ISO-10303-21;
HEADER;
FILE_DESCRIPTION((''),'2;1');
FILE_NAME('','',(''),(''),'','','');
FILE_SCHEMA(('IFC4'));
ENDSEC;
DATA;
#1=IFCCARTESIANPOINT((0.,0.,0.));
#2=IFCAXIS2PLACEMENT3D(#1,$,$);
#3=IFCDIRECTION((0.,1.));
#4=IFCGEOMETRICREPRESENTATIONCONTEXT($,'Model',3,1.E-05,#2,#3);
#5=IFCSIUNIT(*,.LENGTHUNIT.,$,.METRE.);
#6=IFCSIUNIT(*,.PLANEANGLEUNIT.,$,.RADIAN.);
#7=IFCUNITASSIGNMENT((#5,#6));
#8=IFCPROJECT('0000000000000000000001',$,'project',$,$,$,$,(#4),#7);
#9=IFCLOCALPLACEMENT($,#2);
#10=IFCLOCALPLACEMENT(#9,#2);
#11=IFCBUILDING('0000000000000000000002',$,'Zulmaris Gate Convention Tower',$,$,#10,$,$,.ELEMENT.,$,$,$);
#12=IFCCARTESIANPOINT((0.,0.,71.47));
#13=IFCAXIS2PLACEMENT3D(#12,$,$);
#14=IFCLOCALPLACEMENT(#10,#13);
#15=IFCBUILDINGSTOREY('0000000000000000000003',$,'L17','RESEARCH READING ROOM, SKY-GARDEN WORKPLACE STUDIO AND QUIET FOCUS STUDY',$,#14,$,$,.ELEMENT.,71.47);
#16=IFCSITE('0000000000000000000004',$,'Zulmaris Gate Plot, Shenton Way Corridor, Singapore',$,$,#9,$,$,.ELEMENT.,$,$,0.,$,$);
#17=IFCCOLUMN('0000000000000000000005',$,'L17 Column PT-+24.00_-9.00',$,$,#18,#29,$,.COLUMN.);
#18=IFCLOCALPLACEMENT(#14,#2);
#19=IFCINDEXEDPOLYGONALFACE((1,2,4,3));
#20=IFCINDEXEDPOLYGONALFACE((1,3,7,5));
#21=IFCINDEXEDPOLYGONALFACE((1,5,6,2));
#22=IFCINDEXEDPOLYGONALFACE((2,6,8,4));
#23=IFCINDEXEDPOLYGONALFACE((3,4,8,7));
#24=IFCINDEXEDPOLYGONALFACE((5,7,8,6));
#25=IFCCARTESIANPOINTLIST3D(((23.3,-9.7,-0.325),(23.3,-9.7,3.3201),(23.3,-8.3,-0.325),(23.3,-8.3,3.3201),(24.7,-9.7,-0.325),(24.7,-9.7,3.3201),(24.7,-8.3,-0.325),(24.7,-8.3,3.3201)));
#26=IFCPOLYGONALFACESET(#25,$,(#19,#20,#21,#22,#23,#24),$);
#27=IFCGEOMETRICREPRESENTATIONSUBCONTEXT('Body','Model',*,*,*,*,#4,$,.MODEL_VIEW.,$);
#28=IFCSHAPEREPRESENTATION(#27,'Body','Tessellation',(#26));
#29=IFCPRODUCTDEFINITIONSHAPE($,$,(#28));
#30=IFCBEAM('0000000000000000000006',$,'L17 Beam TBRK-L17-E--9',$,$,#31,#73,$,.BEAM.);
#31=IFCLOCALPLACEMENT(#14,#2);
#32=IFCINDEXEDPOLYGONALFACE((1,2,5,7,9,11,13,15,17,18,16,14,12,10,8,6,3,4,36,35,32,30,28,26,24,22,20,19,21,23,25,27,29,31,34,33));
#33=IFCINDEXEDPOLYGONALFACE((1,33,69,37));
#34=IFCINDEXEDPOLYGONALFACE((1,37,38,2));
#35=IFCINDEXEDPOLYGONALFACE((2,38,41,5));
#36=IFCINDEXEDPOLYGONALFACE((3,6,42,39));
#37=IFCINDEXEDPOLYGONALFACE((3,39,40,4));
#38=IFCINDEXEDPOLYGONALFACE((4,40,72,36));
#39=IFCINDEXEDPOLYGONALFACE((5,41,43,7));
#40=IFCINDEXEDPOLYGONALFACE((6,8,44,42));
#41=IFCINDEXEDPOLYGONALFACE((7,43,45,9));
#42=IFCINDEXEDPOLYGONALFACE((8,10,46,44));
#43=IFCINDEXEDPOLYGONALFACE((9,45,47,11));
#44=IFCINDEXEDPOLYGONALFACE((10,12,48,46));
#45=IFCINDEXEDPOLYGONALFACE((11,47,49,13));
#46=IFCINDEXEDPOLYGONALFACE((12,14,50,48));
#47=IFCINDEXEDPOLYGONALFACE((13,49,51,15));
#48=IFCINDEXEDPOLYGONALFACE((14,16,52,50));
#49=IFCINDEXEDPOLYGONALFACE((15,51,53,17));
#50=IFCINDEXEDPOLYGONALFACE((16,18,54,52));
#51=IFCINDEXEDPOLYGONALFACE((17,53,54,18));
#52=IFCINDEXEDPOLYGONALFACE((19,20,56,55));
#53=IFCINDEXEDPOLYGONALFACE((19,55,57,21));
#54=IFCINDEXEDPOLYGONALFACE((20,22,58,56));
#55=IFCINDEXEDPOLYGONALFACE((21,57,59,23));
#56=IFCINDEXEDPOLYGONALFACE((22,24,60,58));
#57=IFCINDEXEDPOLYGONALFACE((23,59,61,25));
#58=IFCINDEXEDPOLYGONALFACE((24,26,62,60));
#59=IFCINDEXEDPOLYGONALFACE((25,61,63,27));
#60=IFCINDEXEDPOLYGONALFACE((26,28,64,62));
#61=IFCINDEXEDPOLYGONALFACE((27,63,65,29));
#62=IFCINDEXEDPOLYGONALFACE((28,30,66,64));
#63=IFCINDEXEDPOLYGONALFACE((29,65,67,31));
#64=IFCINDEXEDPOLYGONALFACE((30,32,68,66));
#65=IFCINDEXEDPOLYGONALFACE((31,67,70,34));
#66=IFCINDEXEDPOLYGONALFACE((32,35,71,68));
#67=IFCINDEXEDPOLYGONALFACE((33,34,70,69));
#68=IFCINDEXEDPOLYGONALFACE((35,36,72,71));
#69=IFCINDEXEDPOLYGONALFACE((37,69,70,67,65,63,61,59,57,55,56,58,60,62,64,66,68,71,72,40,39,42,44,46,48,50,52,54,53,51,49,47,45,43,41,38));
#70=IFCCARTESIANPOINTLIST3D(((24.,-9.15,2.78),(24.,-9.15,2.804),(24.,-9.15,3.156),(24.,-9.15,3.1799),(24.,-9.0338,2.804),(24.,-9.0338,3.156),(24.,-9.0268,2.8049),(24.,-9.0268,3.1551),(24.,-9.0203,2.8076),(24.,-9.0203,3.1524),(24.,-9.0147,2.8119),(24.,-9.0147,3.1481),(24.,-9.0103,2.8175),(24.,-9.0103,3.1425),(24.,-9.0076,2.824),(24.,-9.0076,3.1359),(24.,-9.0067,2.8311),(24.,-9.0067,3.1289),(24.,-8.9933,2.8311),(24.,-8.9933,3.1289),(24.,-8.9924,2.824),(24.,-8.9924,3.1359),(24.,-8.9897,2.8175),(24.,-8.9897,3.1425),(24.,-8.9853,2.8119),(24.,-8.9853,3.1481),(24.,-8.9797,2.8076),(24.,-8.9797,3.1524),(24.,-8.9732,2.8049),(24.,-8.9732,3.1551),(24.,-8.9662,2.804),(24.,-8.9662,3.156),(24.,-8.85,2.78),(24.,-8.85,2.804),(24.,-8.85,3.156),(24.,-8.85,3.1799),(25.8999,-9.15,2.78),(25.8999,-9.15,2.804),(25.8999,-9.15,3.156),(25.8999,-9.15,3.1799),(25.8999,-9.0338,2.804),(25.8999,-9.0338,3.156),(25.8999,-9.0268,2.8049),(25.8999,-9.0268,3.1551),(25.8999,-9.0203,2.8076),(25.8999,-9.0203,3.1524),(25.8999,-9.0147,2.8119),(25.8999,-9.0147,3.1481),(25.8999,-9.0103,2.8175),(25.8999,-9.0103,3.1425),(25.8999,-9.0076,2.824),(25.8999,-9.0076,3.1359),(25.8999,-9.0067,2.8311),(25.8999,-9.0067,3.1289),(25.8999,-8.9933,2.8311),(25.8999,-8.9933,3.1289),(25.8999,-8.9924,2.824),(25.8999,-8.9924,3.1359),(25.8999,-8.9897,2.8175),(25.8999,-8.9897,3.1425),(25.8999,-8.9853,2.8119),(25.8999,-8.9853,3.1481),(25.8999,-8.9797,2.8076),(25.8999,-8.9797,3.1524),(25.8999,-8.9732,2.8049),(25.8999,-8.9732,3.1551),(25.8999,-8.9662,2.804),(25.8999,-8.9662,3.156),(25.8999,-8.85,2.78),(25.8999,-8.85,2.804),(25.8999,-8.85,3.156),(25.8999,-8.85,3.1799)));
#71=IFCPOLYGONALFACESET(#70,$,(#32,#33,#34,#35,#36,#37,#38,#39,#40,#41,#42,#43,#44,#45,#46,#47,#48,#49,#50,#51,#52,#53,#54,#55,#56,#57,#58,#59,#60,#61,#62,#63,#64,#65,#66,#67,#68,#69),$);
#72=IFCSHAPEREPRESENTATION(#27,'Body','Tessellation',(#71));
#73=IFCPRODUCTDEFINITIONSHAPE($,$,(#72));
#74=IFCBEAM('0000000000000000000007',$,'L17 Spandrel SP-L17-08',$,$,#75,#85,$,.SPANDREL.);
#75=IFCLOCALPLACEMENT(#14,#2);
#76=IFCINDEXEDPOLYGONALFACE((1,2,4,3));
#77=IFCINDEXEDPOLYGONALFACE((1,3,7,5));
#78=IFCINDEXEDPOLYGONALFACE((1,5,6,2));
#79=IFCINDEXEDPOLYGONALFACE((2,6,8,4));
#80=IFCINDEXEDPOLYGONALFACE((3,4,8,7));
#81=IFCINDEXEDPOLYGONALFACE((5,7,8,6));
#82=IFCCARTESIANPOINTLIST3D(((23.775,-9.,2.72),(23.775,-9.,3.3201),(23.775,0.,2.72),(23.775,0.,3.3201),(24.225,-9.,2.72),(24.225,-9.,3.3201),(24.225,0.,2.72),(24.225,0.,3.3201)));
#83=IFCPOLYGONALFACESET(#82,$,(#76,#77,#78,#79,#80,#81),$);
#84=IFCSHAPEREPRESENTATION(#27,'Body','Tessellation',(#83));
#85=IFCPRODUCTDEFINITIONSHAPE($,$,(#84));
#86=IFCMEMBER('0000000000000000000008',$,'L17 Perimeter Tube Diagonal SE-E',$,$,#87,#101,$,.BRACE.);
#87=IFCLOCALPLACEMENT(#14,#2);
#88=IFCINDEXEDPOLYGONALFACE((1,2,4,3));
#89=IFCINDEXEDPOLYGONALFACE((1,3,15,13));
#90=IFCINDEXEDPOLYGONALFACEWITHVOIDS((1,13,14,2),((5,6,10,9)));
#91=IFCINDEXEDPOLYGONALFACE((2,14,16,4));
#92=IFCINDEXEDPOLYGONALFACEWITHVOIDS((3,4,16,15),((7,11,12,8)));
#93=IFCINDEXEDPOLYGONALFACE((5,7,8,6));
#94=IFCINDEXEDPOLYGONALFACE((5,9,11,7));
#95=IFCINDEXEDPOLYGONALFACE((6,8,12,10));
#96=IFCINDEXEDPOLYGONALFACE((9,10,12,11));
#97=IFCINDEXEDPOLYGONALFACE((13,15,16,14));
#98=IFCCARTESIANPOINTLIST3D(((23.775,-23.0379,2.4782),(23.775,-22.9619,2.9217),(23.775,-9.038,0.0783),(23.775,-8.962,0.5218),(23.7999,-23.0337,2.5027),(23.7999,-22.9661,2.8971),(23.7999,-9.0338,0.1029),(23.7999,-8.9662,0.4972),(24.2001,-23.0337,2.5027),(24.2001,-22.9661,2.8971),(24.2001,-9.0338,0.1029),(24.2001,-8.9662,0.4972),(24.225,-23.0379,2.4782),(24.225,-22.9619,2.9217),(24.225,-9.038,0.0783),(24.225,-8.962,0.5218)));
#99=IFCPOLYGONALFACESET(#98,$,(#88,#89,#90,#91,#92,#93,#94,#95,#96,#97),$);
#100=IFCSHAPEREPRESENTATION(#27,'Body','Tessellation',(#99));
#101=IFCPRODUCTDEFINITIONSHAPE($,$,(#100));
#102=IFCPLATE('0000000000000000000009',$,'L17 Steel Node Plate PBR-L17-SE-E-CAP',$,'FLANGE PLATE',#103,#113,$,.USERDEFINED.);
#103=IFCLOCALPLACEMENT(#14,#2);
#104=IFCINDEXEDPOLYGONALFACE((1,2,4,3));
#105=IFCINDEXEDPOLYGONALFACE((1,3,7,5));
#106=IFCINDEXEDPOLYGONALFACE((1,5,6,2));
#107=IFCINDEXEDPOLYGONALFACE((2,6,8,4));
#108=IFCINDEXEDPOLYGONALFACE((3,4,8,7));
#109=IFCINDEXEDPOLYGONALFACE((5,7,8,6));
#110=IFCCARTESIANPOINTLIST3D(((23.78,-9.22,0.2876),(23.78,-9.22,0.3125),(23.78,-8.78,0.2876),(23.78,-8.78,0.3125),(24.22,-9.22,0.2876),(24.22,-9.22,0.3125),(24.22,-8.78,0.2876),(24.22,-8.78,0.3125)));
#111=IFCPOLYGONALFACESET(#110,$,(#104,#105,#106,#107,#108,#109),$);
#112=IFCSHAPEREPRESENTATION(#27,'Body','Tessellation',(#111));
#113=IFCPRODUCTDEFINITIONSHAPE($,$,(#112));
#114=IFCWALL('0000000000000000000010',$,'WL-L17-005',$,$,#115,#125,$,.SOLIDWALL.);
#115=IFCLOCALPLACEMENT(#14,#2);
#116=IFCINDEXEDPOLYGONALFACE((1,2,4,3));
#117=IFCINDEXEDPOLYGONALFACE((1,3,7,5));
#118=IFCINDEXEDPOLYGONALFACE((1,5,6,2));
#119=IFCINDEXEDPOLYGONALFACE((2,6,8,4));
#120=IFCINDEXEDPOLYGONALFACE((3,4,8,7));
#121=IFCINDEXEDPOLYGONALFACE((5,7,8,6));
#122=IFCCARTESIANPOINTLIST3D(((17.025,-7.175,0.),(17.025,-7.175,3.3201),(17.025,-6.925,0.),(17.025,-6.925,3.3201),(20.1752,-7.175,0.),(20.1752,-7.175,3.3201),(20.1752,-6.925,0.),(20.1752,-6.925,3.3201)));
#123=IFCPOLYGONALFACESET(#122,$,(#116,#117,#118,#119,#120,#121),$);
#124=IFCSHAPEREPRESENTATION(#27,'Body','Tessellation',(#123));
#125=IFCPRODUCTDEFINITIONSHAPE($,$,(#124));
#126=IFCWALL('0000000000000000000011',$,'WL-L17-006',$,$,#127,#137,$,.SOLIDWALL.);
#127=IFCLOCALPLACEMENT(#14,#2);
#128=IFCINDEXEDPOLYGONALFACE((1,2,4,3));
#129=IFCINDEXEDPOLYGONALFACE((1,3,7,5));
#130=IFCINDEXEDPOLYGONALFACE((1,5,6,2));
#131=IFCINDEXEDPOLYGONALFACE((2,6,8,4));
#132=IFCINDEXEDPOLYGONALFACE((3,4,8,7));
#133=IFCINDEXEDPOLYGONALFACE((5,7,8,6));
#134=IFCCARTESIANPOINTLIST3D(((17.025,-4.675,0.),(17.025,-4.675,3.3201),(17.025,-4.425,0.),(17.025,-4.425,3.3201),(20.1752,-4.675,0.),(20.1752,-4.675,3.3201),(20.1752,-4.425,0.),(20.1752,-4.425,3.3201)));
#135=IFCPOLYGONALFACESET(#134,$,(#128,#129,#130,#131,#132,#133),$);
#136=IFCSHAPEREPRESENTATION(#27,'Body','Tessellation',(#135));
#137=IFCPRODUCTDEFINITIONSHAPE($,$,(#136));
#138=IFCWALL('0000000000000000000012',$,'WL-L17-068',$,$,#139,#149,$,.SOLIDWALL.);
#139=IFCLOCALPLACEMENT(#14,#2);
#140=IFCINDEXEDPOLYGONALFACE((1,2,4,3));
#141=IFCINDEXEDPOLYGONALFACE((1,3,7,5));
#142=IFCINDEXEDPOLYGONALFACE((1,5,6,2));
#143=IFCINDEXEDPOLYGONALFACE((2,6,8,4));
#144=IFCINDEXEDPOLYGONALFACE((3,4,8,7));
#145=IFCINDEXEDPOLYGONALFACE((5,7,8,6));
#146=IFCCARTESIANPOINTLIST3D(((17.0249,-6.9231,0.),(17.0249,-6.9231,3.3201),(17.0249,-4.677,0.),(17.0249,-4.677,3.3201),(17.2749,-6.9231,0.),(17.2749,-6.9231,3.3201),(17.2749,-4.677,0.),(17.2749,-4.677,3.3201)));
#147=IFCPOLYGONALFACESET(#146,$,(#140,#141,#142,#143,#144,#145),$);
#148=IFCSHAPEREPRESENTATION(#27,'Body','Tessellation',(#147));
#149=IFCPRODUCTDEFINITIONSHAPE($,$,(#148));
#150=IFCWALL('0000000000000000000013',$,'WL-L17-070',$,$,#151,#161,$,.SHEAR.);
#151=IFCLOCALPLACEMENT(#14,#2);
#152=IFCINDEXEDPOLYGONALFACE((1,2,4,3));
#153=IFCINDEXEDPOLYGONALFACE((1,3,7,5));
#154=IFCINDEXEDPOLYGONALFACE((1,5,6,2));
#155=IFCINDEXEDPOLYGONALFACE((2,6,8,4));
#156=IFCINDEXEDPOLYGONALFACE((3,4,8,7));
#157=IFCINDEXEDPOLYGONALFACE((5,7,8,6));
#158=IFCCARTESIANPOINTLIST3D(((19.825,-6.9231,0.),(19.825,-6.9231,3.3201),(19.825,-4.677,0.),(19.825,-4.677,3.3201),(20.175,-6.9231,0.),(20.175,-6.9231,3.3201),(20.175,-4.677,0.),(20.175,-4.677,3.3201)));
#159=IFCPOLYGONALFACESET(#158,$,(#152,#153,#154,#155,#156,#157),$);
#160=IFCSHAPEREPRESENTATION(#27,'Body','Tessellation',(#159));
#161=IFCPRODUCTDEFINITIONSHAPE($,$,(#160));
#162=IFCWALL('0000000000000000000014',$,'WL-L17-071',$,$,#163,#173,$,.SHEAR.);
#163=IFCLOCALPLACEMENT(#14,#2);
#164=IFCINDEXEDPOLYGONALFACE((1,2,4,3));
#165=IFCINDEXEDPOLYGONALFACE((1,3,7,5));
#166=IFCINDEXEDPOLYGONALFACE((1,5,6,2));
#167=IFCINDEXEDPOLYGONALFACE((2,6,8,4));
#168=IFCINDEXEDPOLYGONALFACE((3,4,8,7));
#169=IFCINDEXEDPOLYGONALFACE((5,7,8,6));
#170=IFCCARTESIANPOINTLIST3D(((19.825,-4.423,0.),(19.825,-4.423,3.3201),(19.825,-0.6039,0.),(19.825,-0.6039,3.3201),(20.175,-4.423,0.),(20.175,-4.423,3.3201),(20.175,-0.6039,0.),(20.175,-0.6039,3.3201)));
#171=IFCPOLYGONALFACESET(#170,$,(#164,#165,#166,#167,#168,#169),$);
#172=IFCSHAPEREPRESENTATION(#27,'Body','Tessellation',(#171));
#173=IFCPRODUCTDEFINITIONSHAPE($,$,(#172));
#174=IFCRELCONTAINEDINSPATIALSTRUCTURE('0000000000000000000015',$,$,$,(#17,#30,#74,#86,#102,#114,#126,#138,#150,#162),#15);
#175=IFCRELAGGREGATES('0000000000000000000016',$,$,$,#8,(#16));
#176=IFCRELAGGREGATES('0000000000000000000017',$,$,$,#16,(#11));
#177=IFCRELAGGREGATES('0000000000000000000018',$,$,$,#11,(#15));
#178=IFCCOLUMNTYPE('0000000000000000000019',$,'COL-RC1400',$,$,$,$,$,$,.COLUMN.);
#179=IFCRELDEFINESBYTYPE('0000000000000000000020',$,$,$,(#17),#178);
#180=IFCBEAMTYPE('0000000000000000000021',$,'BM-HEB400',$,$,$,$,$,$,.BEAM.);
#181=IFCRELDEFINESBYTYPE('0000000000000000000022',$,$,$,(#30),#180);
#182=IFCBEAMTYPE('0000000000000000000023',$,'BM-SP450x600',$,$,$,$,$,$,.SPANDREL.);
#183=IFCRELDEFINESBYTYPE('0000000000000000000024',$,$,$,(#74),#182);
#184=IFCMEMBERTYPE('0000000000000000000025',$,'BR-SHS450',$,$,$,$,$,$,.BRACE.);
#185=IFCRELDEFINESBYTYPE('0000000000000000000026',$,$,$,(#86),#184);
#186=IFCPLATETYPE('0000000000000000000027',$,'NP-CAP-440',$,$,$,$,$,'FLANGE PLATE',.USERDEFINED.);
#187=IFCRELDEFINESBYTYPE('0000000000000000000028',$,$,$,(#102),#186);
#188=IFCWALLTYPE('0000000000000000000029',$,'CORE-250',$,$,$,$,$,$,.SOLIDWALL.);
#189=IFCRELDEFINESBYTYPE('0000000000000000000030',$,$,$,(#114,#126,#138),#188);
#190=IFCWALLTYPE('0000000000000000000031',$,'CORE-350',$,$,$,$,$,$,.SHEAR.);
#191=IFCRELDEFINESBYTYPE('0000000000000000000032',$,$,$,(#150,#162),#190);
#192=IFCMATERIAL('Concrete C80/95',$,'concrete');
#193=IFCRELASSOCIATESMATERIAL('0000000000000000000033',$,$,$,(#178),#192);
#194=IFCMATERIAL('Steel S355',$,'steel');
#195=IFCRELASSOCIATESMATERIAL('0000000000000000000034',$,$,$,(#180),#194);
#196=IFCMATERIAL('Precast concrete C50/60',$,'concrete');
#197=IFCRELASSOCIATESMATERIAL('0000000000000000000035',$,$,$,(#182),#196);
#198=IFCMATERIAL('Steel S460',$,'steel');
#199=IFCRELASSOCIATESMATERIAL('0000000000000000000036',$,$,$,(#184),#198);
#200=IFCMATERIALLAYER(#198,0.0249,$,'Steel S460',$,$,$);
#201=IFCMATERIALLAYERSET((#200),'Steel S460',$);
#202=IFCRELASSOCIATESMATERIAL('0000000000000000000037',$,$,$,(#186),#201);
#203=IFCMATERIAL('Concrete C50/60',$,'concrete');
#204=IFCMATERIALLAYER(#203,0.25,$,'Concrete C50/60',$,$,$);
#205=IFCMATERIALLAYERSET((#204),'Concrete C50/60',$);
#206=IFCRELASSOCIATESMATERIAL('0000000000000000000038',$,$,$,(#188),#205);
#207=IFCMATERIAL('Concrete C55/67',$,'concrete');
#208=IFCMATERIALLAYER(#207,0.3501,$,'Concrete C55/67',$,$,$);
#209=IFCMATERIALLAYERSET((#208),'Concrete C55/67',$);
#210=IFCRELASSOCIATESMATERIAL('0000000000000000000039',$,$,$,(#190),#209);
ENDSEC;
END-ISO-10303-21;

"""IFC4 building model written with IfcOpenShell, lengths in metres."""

from ifc_helpers import new_model, si_unit, direction, frame, frame_2d, origin, origin_2d, place, context, subcontext, project, spatial, rectangle, hollow_rectangle, i_section, extrude, material, layer, layer_set, material_profile, profile_set, type_object, element, save


model = new_model("IFC4")

# Units and contexts
model_context = context("Model", 3, precision=1e-05, world=origin(), true_north=direction((0.0, 1.0)))
body_context = subcontext(model_context, "Body", "Model", "MODEL_VIEW")
ifc_project = project(units=[si_unit("LENGTHUNIT", "METRE"), si_unit("PLANEANGLEUNIT", "RADIAN")], contexts=[model_context])

# Site, building, storey
site_placement = place(None, origin())
site = spatial("IfcSite", under=ifc_project, at=site_placement, Name="Zulmaris Gate Plot, Shenton Way Corridor, Singapore", CompositionType="ELEMENT", RefElevation=0.0)
building_placement = place(site_placement, origin())
building = spatial("IfcBuilding", under=site, at=building_placement, Name="Zulmaris Gate Convention Tower", CompositionType="ELEMENT")
storey_placement = place(building_placement, frame((0.0, 0.0, 71.47)))
storey = spatial("IfcBuildingStorey", under=building, at=storey_placement, Name="L17", Description="RESEARCH READING ROOM, SKY-GARDEN WORKPLACE STUDIO AND QUIET FOCUS STUDY", CompositionType="ELEMENT", Elevation=71.47)

# Column
ifc_material_1 = material(Name="Concrete C80/95", Category="concrete")
ifc_material_profile_1 = material_profile(ifc_material_1, rectangle(XDim=1.3999, YDim=1.3999, at=origin_2d()), Name="RC COL 1400x1400")
ifc_profile_set_1 = profile_set([ifc_material_profile_1], Name="Concrete C80/95")
column_type = type_object("IfcColumnType", Name="COL-RC1400", PredefinedType="COLUMN", material=ifc_profile_set_1)
column_placement = place(storey_placement, frame((24.0, -9.0, -0.325), z_axis=(0.0, 0.0, 1.0), x_axis=(1.0, 0.0, 0.0)))
element("IfcColumn", 1, at=column_placement, inside=storey, type_object=column_type, Name="L17 Column PT-+24.00_-9.00", PredefinedType="COLUMN", context=body_context, shape_type="SweptSolid", body=[
    extrude(rectangle(XDim=1.3999, YDim=1.3999, at=origin_2d()), origin(), (0.0, 0.0, 1.0), 3.645),
])

# Beams
ifc_material_2 = material(Name="Steel S355", Category="steel")
ifc_material_profile_2 = material_profile(ifc_material_2, i_section(OverallWidth=0.3, OverallDepth=0.3999, WebThickness=0.0134, FlangeThickness=0.0239, FilletRadius=0.0271, at=origin_2d()), Name="HEB 400")
ifc_profile_set_2 = profile_set([ifc_material_profile_2], Name="Steel S355")
beam_type_1 = type_object("IfcBeamType", Name="BM-HEB400", PredefinedType="BEAM", material=ifc_profile_set_2)
beam_1_placement = place(storey_placement, frame((24.0, -9.0, 2.98), z_axis=(1.0, 0.0, 0.0), x_axis=(0.0, 1.0, 0.0)))
element("IfcBeam", 2, at=beam_1_placement, inside=storey, type_object=beam_type_1, Name="L17 Beam TBRK-L17-E--9", PredefinedType="BEAM", context=body_context, shape_type="SweptSolid", body=[
    extrude(i_section(OverallWidth=0.3, OverallDepth=0.3999, WebThickness=0.0134, FlangeThickness=0.0239, FilletRadius=0.0271, at=origin_2d()), origin(), (0.0, 0.0, 1.0), 1.8999),
])
ifc_material_3 = material(Name="Precast concrete C50/60", Category="concrete")
ifc_material_profile_3 = material_profile(ifc_material_3, rectangle(XDim=0.45, YDim=0.6001, at=origin_2d()), Name="RC SPANDREL 450x600")
ifc_profile_set_3 = profile_set([ifc_material_profile_3], Name="Precast concrete C50/60")
beam_type_2 = type_object("IfcBeamType", Name="BM-SP450x600", PredefinedType="SPANDREL", material=ifc_profile_set_3)
beam_2_placement = place(storey_placement, frame((24.0, -9.0, 3.02), z_axis=(0.0, 1.0, 0.0), x_axis=(-1.0, 0.0, 0.0)))
element("IfcBeam", 3, at=beam_2_placement, inside=storey, type_object=beam_type_2, Name="L17 Spandrel SP-L17-08", PredefinedType="SPANDREL", context=body_context, shape_type="SweptSolid", body=[
    extrude(rectangle(XDim=0.45, YDim=0.6001, at=origin_2d()), origin(), (0.0, 0.0, 1.0), 9.0),
])

# Member
ifc_material_4 = material(Name="Steel S460", Category="steel")
ifc_material_profile_4 = material_profile(ifc_material_4, hollow_rectangle(XDim=0.45, YDim=0.45, WallThickness=0.0249, at=origin_2d()), Name="SHS 450x450x25")
ifc_profile_set_4 = profile_set([ifc_material_profile_4], Name="Steel S460")
member_type = type_object("IfcMemberType", Name="BR-SHS450", PredefinedType="BRACE", material=ifc_profile_set_4)
member_placement = place(storey_placement, frame((24.0, -9.0, 0.3), z_axis=(0.0, -0.985623, 0.168957), x_axis=(1.0, 0.0, 0.0)))
element("IfcMember", 4, at=member_placement, inside=storey, type_object=member_type, Name="L17 Perimeter Tube Diagonal SE-E", PredefinedType="BRACE", context=body_context, shape_type="SweptSolid", body=[
    extrude(hollow_rectangle(XDim=0.45, YDim=0.45, WallThickness=0.0249, at=origin_2d()), origin(), (0.0, 0.0, 1.0), 14.2041),
])

# Plate
ifc_layer_1 = layer(ifc_material_4, 0.0249, Name="Steel S460")
ifc_layer_set_1 = layer_set([ifc_layer_1], Name="Steel S460")
plate_type = type_object("IfcPlateType", Name="NP-CAP-440", ElementType="FLANGE PLATE", PredefinedType="USERDEFINED", material=ifc_layer_set_1)
plate_placement = place(storey_placement, frame((24.0, -9.0, 0.2876), z_axis=(0.0, 0.0, 1.0), x_axis=(1.0, 0.0, 0.0)))
element("IfcPlate", 5, at=plate_placement, inside=storey, type_object=plate_type, Name="L17 Steel Node Plate PBR-L17-SE-E-CAP", ObjectType="FLANGE PLATE", PredefinedType="USERDEFINED", context=body_context, shape_type="SweptSolid", body=[
    extrude(rectangle(XDim=0.4399, YDim=0.4399, at=origin_2d()), origin(), (0.0, 0.0, 1.0), 0.0249),
])

# Walls
ifc_material_5 = material(Name="Concrete C50/60", Category="concrete")
ifc_layer_2 = layer(ifc_material_5, 0.25, Name="Concrete C50/60")
ifc_layer_set_2 = layer_set([ifc_layer_2], Name="Concrete C50/60")
wall_type_1 = type_object("IfcWallType", Name="CORE-250", PredefinedType="SOLIDWALL", material=ifc_layer_set_2)
for number, where, z_axis, x_axis, name in (
    (6, (17.0249, -7.05, 0.0), (0.0, 0.0, 1.0), (1.0, 0.0, 0.0), "WL-L17-005"),
    (7, (17.0249, -4.55, 0.0), (0.0, 0.0, 1.0), (1.0, 0.0, 0.0), "WL-L17-006"),
):
    element("IfcWall", number, at=place(storey_placement, frame(where, z_axis=z_axis, x_axis=x_axis)), inside=storey, type_object=wall_type_1, Name=name, PredefinedType="SOLIDWALL", context=body_context, shape_type="SweptSolid", body=[
        extrude(rectangle(XDim=3.1501, YDim=0.25, at=frame_2d((1.5752, 0.0))), origin(), (0.0, 0.0, 1.0), 3.3201),
    ])
wall_1_placement = place(storey_placement, frame((17.1499, -6.9231, 0.0), z_axis=(0.0, 0.0, 1.0), x_axis=(0.0, 1.0, 0.0)))
element("IfcWall", 8, at=wall_1_placement, inside=storey, type_object=wall_type_1, Name="WL-L17-068", PredefinedType="SOLIDWALL", context=body_context, shape_type="SweptSolid", body=[
    extrude(rectangle(XDim=2.2461, YDim=0.25, at=frame_2d((1.123, 0.0))), origin(), (0.0, 0.0, 1.0), 3.3201),
])
ifc_material_6 = material(Name="Concrete C55/67", Category="concrete")
ifc_layer_3 = layer(ifc_material_6, 0.3501, Name="Concrete C55/67")
ifc_layer_set_3 = layer_set([ifc_layer_3], Name="Concrete C55/67")
wall_type_2 = type_object("IfcWallType", Name="CORE-350", PredefinedType="SHEAR", material=ifc_layer_set_3)
wall_2_placement = place(storey_placement, frame((20.0, -6.9231, 0.0), z_axis=(0.0, 0.0, 1.0), x_axis=(0.0, 1.0, 0.0)))
element("IfcWall", 9, at=wall_2_placement, inside=storey, type_object=wall_type_2, Name="WL-L17-070", PredefinedType="SHEAR", context=body_context, shape_type="SweptSolid", body=[
    extrude(rectangle(XDim=2.2461, YDim=0.3501, at=frame_2d((1.123, 0.0))), origin(), (0.0, 0.0, 1.0), 3.3201),
])
wall_3_placement = place(storey_placement, frame((20.0, -4.4231, 0.0), z_axis=(0.0, 0.0, 1.0), x_axis=(0.0, 1.0, 0.0)))
element("IfcWall", 10, at=wall_3_placement, inside=storey, type_object=wall_type_2, Name="WL-L17-071", PredefinedType="SHEAR", context=body_context, shape_type="SweptSolid", body=[
    extrude(rectangle(XDim=3.8191, YDim=0.3501, at=frame_2d((1.9097, 0.0))), origin(), (0.0, 0.0, 1.0), 3.3201),
])

save(model, "model.ifc")
